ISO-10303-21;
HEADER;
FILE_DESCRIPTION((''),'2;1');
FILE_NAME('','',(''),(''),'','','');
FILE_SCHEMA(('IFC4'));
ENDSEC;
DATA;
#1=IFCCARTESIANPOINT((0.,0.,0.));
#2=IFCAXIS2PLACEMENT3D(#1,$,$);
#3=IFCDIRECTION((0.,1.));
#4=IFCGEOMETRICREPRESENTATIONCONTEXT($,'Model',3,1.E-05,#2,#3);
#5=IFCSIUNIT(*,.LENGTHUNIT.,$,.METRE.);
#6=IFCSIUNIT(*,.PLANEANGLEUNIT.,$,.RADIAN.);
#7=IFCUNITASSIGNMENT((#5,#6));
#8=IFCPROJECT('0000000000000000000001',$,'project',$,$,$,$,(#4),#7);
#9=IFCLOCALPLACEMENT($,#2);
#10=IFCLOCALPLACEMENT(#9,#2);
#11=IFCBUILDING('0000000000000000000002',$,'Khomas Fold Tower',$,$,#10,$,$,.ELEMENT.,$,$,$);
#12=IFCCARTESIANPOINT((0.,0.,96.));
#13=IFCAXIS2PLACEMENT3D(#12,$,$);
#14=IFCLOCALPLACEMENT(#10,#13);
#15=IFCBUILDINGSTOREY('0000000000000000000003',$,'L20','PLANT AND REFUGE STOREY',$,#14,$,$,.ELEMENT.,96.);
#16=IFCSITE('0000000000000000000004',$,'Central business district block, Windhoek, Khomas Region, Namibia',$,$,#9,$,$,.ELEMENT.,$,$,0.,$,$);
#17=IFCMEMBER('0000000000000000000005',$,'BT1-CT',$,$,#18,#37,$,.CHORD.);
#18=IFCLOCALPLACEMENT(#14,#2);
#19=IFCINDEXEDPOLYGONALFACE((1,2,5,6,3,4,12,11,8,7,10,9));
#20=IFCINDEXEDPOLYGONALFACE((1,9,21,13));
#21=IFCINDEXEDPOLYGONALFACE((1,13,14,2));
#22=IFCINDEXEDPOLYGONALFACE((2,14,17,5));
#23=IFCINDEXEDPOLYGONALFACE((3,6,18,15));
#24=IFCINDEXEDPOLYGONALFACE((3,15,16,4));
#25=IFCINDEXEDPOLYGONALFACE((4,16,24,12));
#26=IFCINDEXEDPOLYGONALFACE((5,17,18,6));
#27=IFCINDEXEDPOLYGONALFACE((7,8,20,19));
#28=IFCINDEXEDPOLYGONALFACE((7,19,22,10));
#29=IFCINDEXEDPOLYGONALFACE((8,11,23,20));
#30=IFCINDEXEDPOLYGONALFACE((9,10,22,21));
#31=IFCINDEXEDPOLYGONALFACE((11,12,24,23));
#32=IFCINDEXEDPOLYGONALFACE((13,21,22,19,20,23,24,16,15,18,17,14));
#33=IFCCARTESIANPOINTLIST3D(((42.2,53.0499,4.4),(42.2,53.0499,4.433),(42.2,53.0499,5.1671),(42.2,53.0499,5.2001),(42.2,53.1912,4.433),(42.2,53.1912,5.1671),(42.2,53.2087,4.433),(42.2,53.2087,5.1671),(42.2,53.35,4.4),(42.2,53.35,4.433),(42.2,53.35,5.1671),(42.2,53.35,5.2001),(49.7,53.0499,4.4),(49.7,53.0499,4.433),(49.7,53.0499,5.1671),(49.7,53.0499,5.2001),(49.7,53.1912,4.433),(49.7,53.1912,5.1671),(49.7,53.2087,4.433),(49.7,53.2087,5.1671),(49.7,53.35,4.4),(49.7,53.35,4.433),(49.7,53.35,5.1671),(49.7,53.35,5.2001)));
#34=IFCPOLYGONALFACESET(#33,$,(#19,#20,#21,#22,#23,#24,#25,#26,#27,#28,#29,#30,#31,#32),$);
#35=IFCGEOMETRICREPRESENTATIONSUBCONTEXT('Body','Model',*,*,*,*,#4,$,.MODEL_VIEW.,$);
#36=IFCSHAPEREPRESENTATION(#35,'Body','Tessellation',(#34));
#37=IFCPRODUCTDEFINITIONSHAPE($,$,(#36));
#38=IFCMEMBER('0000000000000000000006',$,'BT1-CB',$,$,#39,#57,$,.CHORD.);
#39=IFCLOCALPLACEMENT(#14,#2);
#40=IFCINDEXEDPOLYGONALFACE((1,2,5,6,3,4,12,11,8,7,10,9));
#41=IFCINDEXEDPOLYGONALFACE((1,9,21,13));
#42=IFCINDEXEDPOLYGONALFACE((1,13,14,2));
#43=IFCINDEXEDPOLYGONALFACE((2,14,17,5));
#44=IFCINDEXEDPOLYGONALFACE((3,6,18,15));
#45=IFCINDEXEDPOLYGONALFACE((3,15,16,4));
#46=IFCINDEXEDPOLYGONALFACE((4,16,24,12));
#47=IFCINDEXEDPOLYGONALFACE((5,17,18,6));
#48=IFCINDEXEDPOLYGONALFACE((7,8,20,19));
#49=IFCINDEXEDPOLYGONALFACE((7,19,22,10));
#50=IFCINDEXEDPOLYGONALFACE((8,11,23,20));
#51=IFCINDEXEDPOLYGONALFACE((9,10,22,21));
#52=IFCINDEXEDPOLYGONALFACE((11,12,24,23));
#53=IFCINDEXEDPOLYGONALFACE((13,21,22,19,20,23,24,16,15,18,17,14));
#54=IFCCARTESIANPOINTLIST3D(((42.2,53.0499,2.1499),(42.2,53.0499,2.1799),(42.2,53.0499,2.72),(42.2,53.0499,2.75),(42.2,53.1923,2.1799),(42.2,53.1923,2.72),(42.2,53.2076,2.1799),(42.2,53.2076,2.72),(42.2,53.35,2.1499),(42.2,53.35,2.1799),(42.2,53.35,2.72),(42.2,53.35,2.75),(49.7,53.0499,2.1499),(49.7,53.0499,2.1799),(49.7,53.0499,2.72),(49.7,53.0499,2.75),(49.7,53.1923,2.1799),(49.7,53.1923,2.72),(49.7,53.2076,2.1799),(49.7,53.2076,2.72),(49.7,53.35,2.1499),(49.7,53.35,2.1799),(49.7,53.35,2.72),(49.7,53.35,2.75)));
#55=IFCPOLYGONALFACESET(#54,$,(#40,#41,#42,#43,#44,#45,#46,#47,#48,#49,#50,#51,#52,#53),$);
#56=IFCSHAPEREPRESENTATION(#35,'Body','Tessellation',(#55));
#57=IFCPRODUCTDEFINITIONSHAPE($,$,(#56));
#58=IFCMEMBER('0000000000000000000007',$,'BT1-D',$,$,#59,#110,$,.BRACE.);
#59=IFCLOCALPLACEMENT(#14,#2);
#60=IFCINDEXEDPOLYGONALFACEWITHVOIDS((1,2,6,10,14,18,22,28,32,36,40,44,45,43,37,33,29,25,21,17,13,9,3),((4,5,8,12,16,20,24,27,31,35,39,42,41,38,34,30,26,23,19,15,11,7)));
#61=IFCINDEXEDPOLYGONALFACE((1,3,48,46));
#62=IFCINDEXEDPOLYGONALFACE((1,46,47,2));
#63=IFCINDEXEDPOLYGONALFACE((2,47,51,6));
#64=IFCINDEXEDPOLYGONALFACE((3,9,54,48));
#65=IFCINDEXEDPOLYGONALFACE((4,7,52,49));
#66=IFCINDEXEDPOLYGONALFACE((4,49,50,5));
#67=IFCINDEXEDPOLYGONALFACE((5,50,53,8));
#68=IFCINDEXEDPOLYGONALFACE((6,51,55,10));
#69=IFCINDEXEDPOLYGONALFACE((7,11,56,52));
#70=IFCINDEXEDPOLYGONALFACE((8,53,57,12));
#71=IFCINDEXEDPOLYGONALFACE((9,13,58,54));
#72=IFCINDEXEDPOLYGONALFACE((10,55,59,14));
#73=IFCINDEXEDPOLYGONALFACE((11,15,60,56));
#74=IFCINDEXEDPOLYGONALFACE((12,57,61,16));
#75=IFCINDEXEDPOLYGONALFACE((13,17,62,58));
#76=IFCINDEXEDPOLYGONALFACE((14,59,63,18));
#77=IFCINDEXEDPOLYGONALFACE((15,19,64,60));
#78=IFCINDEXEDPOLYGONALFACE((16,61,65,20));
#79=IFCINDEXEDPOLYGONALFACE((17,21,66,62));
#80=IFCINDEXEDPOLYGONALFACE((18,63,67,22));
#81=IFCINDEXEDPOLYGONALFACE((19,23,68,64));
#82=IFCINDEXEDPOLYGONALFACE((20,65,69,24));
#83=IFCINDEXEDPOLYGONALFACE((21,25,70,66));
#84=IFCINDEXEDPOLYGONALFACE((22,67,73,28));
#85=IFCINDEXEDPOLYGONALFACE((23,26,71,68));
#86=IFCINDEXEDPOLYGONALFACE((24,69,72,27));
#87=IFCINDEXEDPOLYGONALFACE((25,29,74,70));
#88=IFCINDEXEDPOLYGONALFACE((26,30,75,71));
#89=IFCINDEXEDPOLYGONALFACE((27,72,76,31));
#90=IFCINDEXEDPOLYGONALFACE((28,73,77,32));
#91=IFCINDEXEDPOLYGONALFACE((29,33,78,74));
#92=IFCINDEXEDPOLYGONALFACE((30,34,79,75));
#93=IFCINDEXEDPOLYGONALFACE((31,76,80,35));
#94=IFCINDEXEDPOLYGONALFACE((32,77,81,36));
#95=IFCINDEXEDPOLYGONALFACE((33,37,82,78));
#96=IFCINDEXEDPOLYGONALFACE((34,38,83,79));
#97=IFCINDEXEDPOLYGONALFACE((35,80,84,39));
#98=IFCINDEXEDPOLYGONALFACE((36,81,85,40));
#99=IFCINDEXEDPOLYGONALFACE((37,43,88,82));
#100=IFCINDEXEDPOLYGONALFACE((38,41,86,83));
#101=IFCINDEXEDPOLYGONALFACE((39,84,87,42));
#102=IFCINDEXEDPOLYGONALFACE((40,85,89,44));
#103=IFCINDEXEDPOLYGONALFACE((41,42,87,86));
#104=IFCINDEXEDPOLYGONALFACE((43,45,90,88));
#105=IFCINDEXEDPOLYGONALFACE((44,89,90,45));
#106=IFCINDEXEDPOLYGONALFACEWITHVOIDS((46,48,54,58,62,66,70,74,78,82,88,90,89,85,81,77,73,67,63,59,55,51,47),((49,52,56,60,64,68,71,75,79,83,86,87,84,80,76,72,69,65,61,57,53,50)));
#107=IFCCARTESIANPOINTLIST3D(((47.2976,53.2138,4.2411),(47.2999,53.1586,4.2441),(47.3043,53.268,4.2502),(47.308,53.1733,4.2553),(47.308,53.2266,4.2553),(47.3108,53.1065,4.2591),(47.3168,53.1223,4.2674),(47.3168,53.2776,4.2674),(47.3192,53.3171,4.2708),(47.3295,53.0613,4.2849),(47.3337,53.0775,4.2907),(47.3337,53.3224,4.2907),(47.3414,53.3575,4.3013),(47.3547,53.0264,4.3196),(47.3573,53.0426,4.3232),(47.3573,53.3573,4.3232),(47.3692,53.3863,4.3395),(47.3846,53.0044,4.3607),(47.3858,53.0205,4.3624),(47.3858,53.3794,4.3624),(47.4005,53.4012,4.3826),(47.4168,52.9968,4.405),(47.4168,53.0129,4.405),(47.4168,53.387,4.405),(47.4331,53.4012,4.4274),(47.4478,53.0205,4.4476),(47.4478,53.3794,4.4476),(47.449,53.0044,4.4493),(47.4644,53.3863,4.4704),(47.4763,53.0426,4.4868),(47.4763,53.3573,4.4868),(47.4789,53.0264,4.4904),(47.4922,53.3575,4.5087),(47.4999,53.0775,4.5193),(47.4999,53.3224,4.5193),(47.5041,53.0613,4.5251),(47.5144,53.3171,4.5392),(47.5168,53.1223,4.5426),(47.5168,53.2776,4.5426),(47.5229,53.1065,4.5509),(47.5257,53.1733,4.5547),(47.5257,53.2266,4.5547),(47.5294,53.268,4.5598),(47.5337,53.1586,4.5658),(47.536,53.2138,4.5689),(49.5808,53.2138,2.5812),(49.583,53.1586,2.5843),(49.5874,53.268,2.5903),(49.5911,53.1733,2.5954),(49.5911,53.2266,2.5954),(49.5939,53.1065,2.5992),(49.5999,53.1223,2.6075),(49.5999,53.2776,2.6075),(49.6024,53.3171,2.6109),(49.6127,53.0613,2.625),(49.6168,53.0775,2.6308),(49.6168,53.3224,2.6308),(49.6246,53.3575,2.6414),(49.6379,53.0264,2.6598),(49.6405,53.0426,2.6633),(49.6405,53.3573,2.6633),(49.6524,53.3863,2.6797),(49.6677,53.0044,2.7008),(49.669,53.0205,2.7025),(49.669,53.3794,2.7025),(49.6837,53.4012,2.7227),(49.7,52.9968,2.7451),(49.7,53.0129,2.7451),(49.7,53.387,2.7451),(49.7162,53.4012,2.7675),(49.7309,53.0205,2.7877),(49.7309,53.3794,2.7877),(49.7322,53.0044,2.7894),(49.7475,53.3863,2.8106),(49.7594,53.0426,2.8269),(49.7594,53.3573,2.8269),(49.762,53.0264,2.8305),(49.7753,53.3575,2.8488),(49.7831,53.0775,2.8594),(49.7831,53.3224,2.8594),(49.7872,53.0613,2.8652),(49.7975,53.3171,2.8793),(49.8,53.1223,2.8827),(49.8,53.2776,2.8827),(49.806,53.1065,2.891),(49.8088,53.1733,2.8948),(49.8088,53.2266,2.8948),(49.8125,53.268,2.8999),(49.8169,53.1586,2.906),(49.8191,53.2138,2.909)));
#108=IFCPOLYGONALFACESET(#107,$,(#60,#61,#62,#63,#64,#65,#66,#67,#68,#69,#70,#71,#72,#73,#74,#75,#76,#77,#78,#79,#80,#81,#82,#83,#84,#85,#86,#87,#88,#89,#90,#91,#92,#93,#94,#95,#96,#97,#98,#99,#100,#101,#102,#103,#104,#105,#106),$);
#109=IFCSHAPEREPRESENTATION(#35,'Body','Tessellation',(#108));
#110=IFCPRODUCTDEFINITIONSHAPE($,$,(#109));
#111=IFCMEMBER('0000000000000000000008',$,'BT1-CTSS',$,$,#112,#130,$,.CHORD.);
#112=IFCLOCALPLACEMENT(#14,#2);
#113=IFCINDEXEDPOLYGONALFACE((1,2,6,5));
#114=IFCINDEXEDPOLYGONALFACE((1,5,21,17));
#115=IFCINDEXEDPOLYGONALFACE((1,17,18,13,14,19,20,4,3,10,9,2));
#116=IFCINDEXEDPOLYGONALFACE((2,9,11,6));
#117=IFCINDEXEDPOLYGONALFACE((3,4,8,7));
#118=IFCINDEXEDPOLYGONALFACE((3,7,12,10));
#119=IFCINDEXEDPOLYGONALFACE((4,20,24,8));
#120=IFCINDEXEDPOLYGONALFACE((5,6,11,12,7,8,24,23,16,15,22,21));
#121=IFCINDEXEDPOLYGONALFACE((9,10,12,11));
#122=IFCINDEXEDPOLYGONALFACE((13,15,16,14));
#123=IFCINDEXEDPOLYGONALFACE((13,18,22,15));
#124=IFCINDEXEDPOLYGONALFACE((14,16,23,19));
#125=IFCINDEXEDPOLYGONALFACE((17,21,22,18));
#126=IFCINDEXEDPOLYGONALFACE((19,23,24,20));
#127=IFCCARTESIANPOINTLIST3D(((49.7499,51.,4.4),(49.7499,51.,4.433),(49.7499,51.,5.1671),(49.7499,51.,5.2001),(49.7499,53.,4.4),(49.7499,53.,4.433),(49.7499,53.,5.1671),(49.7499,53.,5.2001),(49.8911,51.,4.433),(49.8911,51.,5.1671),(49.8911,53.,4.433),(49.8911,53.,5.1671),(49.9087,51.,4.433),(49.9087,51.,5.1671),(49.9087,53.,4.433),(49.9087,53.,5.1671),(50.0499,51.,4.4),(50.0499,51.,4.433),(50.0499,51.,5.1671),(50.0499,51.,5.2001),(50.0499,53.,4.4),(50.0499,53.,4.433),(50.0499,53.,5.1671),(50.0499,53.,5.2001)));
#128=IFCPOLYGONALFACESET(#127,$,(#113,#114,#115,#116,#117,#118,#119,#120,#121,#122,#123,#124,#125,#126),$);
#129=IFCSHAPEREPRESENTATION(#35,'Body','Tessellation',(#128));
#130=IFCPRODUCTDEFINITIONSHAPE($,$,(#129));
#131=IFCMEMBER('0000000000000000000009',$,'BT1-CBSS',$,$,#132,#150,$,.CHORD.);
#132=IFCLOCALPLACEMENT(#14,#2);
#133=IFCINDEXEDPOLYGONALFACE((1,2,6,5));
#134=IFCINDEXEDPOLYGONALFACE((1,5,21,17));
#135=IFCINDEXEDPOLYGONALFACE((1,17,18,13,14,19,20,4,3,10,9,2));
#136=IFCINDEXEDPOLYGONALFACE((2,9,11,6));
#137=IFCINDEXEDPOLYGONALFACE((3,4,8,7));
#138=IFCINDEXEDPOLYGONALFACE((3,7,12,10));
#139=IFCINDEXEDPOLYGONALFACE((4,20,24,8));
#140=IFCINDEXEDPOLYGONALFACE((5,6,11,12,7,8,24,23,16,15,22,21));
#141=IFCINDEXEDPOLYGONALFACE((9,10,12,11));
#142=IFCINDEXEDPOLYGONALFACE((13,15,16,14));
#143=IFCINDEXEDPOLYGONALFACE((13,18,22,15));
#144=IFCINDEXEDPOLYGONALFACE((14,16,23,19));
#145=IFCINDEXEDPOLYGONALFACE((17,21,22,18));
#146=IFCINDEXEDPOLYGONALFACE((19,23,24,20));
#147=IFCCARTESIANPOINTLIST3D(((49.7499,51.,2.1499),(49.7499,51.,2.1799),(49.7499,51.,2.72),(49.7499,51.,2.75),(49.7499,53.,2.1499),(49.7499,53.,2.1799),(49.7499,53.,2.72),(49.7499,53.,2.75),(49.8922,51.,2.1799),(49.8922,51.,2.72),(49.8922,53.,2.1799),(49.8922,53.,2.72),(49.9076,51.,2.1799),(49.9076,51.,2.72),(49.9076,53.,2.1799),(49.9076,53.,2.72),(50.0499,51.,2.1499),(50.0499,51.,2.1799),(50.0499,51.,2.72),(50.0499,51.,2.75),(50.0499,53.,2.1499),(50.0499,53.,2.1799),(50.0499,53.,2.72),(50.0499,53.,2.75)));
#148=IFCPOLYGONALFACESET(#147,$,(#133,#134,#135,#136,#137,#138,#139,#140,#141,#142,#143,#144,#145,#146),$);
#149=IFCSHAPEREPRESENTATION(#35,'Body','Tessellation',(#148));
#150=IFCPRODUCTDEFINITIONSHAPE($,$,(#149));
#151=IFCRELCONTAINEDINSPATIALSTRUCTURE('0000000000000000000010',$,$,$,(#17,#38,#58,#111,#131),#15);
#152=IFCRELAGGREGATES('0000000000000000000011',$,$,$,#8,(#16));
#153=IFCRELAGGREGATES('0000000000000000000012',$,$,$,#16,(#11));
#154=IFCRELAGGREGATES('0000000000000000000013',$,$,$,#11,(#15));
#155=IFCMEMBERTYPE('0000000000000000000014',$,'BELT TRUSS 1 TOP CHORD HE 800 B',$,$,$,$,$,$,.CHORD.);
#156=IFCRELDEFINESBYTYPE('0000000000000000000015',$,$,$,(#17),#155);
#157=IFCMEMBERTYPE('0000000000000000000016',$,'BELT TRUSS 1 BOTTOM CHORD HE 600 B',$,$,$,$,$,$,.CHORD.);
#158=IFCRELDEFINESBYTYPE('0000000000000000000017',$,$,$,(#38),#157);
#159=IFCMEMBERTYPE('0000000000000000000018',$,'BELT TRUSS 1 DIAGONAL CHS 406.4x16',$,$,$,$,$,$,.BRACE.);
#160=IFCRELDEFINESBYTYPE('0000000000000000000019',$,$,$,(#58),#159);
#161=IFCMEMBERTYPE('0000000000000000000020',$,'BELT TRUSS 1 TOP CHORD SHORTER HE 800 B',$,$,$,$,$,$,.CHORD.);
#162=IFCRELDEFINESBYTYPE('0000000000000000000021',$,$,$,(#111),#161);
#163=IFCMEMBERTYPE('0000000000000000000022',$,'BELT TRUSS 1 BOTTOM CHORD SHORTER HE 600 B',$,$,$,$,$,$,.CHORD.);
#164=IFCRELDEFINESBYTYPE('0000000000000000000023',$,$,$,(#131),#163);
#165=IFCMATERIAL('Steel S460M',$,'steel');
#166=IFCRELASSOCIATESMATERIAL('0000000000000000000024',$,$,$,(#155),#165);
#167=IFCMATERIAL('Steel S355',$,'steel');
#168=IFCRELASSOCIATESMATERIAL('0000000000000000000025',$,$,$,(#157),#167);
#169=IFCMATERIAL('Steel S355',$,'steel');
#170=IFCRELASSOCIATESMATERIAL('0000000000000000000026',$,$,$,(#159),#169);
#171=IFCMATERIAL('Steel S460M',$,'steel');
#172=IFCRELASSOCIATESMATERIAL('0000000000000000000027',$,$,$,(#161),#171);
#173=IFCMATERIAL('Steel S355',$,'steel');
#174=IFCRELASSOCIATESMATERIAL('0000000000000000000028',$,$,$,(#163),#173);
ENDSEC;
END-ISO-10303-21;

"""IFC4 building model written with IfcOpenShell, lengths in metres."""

from ifc_helpers import new_model, si_unit, direction, frame, origin, origin_2d, place, context, subcontext, project, spatial, hollow_circle, i_section, extrude, source, transform, mapped, material, material_profile, profile_set, type_object, element, save


model = new_model("IFC4")

# Units and contexts
model_context = context("Model", 3, precision=1e-05, world=origin(), true_north=direction((0.0, 1.0)))
body_context = subcontext(model_context, "Body", "Model", "MODEL_VIEW")
ifc_project = project(units=[si_unit("LENGTHUNIT", "METRE"), si_unit("PLANEANGLEUNIT", "RADIAN")], contexts=[model_context])

# Site, building, storey
site_placement = place(None, origin())
site = spatial("IfcSite", under=ifc_project, at=site_placement, Name="Central business district block, Windhoek, Khomas Region, Namibia", CompositionType="ELEMENT", RefElevation=0.0)
building_placement = place(site_placement, origin())
building = spatial("IfcBuilding", under=site, at=building_placement, Name="Khomas Fold Tower", CompositionType="ELEMENT")
storey_placement = place(building_placement, frame((0.0, 0.0, 96.0)))
storey = spatial("IfcBuildingStorey", under=building, at=storey_placement, Name="L20", Description="PLANT AND REFUGE STOREY", CompositionType="ELEMENT", Elevation=96.0)

# Members
ifc_material_1 = material(Name="Steel S460M", Category="steel")
ifc_material_profile_1 = material_profile(ifc_material_1, i_section(OverallWidth=0.3, OverallDepth=0.8, WebThickness=0.0176, FlangeThickness=0.033, at=origin_2d()), Name="HE 800 B")
ifc_profile_set_1 = profile_set([ifc_material_profile_1], Name="Steel S460M")
member_type_1 = type_object("IfcMemberType", Name="BELT TRUSS 1 TOP CHORD HE 800 B", PredefinedType="CHORD", material=ifc_profile_set_1)
shared_shape_1 = source(origin(), body_context, "Body", "SweptSolid", [
    extrude(i_section(OverallWidth=0.3, OverallDepth=0.8, WebThickness=0.0176, FlangeThickness=0.033, at=origin_2d()), origin(), (0.0, 0.0, 1.0), 7.5),
])
member_1_placement = place(storey_placement, frame((49.7, 53.2, 4.8), z_axis=(-1.0, 0.0, 0.0), x_axis=(0.0, -1.0, 0.0)))
element("IfcMember", 1, at=member_1_placement, inside=storey, type_object=member_type_1, Name="BT1-CT", PredefinedType="CHORD", context=body_context, shape_type="MappedRepresentation", body=[
    mapped(shared_shape_1, transform((0.0, 0.0, 0.0))),
])
ifc_material_2 = material(Name="Steel S355", Category="steel")
ifc_material_profile_2 = material_profile(ifc_material_2, i_section(OverallWidth=0.3, OverallDepth=0.6001, WebThickness=0.0154, FlangeThickness=0.03, at=origin_2d()), Name="HE 600 B")
ifc_profile_set_2 = profile_set([ifc_material_profile_2], Name="Steel S355")
member_type_2 = type_object("IfcMemberType", Name="BELT TRUSS 1 BOTTOM CHORD HE 600 B", PredefinedType="CHORD", material=ifc_profile_set_2)
shared_shape_2 = source(origin(), body_context, "Body", "SweptSolid", [
    extrude(i_section(OverallWidth=0.3, OverallDepth=0.6001, WebThickness=0.0154, FlangeThickness=0.03, at=origin_2d()), origin(), (0.0, 0.0, 1.0), 7.5),
])
member_2_placement = place(storey_placement, frame((49.7, 53.2, 2.45), z_axis=(-1.0, 0.0, 0.0), x_axis=(0.0, -1.0, 0.0)))
element("IfcMember", 2, at=member_2_placement, inside=storey, type_object=member_type_2, Name="BT1-CB", PredefinedType="CHORD", context=body_context, shape_type="MappedRepresentation", body=[
    mapped(shared_shape_2, transform((0.0, 0.0, 0.0))),
])
ifc_material_3 = material(Name="Steel S355", Category="steel")
ifc_material_profile_3 = material_profile(ifc_material_3, hollow_circle(Radius=0.2031, WallThickness=0.0161, at=origin_2d()), Name="CHS 406.4x16")
ifc_profile_set_3 = profile_set([ifc_material_profile_3], Name="Steel S355")
member_type_3 = type_object("IfcMemberType", Name="BELT TRUSS 1 DIAGONAL CHS 406.4x16", PredefinedType="BRACE", material=ifc_profile_set_3)
shared_shape_3 = source(origin(), body_context, "Body", "SweptSolid", [
    extrude(hollow_circle(Radius=0.2031, WallThickness=0.0161, at=origin_2d()), origin(), (0.0, 0.0, 1.0), 2.8228),
])
member_3_placement = place(storey_placement, frame((49.7, 53.2, 2.7451), z_axis=(-0.808837, 0.0, 0.588033), x_axis=(0.0, -1.0, 0.0)))
element("IfcMember", 3, at=member_3_placement, inside=storey, type_object=member_type_3, Name="BT1-D", PredefinedType="BRACE", context=body_context, shape_type="MappedRepresentation", body=[
    mapped(shared_shape_3, transform((0.0, 0.0, 0.0))),
])
ifc_material_4 = material(Name="Steel S460M", Category="steel")
ifc_material_profile_4 = material_profile(ifc_material_4, i_section(OverallWidth=0.3, OverallDepth=0.8, WebThickness=0.0176, FlangeThickness=0.033, at=origin_2d()), Name="HE 800 B")
ifc_profile_set_4 = profile_set([ifc_material_profile_4], Name="Steel S460M")
member_type_4 = type_object("IfcMemberType", Name="BELT TRUSS 1 TOP CHORD SHORTER HE 800 B", PredefinedType="CHORD", material=ifc_profile_set_4)
shared_shape_4 = source(origin(), body_context, "Body", "SweptSolid", [
    extrude(i_section(OverallWidth=0.3, OverallDepth=0.8, WebThickness=0.0176, FlangeThickness=0.033, at=origin_2d()), origin(), (0.0, 0.0, 1.0), 2.0),
])
member_4_placement = place(storey_placement, frame((49.8999, 53.0, 4.8), z_axis=(0.0, -1.0, 0.0), x_axis=(1.0, 0.0, 0.0)))
element("IfcMember", 4, at=member_4_placement, inside=storey, type_object=member_type_4, Name="BT1-CTSS", PredefinedType="CHORD", context=body_context, shape_type="MappedRepresentation", body=[
    mapped(shared_shape_4, transform((0.0, 0.0, 0.0))),
])
ifc_material_5 = material(Name="Steel S355", Category="steel")
ifc_material_profile_5 = material_profile(ifc_material_5, i_section(OverallWidth=0.3, OverallDepth=0.6001, WebThickness=0.0154, FlangeThickness=0.03, at=origin_2d()), Name="HE 600 B")
ifc_profile_set_5 = profile_set([ifc_material_profile_5], Name="Steel S355")
member_type_5 = type_object("IfcMemberType", Name="BELT TRUSS 1 BOTTOM CHORD SHORTER HE 600 B", PredefinedType="CHORD", material=ifc_profile_set_5)
shared_shape_5 = source(origin(), body_context, "Body", "SweptSolid", [
    extrude(i_section(OverallWidth=0.3, OverallDepth=0.6001, WebThickness=0.0154, FlangeThickness=0.03, at=origin_2d()), origin(), (0.0, 0.0, 1.0), 2.0),
])
member_5_placement = place(storey_placement, frame((49.8999, 53.0, 2.45), z_axis=(0.0, -1.0, 0.0), x_axis=(1.0, 0.0, 0.0)))
element("IfcMember", 5, at=member_5_placement, inside=storey, type_object=member_type_5, Name="BT1-CBSS", PredefinedType="CHORD", context=body_context, shape_type="MappedRepresentation", body=[
    mapped(shared_shape_5, transform((0.0, 0.0, 0.0))),
])

save(model, "model.ifc")
